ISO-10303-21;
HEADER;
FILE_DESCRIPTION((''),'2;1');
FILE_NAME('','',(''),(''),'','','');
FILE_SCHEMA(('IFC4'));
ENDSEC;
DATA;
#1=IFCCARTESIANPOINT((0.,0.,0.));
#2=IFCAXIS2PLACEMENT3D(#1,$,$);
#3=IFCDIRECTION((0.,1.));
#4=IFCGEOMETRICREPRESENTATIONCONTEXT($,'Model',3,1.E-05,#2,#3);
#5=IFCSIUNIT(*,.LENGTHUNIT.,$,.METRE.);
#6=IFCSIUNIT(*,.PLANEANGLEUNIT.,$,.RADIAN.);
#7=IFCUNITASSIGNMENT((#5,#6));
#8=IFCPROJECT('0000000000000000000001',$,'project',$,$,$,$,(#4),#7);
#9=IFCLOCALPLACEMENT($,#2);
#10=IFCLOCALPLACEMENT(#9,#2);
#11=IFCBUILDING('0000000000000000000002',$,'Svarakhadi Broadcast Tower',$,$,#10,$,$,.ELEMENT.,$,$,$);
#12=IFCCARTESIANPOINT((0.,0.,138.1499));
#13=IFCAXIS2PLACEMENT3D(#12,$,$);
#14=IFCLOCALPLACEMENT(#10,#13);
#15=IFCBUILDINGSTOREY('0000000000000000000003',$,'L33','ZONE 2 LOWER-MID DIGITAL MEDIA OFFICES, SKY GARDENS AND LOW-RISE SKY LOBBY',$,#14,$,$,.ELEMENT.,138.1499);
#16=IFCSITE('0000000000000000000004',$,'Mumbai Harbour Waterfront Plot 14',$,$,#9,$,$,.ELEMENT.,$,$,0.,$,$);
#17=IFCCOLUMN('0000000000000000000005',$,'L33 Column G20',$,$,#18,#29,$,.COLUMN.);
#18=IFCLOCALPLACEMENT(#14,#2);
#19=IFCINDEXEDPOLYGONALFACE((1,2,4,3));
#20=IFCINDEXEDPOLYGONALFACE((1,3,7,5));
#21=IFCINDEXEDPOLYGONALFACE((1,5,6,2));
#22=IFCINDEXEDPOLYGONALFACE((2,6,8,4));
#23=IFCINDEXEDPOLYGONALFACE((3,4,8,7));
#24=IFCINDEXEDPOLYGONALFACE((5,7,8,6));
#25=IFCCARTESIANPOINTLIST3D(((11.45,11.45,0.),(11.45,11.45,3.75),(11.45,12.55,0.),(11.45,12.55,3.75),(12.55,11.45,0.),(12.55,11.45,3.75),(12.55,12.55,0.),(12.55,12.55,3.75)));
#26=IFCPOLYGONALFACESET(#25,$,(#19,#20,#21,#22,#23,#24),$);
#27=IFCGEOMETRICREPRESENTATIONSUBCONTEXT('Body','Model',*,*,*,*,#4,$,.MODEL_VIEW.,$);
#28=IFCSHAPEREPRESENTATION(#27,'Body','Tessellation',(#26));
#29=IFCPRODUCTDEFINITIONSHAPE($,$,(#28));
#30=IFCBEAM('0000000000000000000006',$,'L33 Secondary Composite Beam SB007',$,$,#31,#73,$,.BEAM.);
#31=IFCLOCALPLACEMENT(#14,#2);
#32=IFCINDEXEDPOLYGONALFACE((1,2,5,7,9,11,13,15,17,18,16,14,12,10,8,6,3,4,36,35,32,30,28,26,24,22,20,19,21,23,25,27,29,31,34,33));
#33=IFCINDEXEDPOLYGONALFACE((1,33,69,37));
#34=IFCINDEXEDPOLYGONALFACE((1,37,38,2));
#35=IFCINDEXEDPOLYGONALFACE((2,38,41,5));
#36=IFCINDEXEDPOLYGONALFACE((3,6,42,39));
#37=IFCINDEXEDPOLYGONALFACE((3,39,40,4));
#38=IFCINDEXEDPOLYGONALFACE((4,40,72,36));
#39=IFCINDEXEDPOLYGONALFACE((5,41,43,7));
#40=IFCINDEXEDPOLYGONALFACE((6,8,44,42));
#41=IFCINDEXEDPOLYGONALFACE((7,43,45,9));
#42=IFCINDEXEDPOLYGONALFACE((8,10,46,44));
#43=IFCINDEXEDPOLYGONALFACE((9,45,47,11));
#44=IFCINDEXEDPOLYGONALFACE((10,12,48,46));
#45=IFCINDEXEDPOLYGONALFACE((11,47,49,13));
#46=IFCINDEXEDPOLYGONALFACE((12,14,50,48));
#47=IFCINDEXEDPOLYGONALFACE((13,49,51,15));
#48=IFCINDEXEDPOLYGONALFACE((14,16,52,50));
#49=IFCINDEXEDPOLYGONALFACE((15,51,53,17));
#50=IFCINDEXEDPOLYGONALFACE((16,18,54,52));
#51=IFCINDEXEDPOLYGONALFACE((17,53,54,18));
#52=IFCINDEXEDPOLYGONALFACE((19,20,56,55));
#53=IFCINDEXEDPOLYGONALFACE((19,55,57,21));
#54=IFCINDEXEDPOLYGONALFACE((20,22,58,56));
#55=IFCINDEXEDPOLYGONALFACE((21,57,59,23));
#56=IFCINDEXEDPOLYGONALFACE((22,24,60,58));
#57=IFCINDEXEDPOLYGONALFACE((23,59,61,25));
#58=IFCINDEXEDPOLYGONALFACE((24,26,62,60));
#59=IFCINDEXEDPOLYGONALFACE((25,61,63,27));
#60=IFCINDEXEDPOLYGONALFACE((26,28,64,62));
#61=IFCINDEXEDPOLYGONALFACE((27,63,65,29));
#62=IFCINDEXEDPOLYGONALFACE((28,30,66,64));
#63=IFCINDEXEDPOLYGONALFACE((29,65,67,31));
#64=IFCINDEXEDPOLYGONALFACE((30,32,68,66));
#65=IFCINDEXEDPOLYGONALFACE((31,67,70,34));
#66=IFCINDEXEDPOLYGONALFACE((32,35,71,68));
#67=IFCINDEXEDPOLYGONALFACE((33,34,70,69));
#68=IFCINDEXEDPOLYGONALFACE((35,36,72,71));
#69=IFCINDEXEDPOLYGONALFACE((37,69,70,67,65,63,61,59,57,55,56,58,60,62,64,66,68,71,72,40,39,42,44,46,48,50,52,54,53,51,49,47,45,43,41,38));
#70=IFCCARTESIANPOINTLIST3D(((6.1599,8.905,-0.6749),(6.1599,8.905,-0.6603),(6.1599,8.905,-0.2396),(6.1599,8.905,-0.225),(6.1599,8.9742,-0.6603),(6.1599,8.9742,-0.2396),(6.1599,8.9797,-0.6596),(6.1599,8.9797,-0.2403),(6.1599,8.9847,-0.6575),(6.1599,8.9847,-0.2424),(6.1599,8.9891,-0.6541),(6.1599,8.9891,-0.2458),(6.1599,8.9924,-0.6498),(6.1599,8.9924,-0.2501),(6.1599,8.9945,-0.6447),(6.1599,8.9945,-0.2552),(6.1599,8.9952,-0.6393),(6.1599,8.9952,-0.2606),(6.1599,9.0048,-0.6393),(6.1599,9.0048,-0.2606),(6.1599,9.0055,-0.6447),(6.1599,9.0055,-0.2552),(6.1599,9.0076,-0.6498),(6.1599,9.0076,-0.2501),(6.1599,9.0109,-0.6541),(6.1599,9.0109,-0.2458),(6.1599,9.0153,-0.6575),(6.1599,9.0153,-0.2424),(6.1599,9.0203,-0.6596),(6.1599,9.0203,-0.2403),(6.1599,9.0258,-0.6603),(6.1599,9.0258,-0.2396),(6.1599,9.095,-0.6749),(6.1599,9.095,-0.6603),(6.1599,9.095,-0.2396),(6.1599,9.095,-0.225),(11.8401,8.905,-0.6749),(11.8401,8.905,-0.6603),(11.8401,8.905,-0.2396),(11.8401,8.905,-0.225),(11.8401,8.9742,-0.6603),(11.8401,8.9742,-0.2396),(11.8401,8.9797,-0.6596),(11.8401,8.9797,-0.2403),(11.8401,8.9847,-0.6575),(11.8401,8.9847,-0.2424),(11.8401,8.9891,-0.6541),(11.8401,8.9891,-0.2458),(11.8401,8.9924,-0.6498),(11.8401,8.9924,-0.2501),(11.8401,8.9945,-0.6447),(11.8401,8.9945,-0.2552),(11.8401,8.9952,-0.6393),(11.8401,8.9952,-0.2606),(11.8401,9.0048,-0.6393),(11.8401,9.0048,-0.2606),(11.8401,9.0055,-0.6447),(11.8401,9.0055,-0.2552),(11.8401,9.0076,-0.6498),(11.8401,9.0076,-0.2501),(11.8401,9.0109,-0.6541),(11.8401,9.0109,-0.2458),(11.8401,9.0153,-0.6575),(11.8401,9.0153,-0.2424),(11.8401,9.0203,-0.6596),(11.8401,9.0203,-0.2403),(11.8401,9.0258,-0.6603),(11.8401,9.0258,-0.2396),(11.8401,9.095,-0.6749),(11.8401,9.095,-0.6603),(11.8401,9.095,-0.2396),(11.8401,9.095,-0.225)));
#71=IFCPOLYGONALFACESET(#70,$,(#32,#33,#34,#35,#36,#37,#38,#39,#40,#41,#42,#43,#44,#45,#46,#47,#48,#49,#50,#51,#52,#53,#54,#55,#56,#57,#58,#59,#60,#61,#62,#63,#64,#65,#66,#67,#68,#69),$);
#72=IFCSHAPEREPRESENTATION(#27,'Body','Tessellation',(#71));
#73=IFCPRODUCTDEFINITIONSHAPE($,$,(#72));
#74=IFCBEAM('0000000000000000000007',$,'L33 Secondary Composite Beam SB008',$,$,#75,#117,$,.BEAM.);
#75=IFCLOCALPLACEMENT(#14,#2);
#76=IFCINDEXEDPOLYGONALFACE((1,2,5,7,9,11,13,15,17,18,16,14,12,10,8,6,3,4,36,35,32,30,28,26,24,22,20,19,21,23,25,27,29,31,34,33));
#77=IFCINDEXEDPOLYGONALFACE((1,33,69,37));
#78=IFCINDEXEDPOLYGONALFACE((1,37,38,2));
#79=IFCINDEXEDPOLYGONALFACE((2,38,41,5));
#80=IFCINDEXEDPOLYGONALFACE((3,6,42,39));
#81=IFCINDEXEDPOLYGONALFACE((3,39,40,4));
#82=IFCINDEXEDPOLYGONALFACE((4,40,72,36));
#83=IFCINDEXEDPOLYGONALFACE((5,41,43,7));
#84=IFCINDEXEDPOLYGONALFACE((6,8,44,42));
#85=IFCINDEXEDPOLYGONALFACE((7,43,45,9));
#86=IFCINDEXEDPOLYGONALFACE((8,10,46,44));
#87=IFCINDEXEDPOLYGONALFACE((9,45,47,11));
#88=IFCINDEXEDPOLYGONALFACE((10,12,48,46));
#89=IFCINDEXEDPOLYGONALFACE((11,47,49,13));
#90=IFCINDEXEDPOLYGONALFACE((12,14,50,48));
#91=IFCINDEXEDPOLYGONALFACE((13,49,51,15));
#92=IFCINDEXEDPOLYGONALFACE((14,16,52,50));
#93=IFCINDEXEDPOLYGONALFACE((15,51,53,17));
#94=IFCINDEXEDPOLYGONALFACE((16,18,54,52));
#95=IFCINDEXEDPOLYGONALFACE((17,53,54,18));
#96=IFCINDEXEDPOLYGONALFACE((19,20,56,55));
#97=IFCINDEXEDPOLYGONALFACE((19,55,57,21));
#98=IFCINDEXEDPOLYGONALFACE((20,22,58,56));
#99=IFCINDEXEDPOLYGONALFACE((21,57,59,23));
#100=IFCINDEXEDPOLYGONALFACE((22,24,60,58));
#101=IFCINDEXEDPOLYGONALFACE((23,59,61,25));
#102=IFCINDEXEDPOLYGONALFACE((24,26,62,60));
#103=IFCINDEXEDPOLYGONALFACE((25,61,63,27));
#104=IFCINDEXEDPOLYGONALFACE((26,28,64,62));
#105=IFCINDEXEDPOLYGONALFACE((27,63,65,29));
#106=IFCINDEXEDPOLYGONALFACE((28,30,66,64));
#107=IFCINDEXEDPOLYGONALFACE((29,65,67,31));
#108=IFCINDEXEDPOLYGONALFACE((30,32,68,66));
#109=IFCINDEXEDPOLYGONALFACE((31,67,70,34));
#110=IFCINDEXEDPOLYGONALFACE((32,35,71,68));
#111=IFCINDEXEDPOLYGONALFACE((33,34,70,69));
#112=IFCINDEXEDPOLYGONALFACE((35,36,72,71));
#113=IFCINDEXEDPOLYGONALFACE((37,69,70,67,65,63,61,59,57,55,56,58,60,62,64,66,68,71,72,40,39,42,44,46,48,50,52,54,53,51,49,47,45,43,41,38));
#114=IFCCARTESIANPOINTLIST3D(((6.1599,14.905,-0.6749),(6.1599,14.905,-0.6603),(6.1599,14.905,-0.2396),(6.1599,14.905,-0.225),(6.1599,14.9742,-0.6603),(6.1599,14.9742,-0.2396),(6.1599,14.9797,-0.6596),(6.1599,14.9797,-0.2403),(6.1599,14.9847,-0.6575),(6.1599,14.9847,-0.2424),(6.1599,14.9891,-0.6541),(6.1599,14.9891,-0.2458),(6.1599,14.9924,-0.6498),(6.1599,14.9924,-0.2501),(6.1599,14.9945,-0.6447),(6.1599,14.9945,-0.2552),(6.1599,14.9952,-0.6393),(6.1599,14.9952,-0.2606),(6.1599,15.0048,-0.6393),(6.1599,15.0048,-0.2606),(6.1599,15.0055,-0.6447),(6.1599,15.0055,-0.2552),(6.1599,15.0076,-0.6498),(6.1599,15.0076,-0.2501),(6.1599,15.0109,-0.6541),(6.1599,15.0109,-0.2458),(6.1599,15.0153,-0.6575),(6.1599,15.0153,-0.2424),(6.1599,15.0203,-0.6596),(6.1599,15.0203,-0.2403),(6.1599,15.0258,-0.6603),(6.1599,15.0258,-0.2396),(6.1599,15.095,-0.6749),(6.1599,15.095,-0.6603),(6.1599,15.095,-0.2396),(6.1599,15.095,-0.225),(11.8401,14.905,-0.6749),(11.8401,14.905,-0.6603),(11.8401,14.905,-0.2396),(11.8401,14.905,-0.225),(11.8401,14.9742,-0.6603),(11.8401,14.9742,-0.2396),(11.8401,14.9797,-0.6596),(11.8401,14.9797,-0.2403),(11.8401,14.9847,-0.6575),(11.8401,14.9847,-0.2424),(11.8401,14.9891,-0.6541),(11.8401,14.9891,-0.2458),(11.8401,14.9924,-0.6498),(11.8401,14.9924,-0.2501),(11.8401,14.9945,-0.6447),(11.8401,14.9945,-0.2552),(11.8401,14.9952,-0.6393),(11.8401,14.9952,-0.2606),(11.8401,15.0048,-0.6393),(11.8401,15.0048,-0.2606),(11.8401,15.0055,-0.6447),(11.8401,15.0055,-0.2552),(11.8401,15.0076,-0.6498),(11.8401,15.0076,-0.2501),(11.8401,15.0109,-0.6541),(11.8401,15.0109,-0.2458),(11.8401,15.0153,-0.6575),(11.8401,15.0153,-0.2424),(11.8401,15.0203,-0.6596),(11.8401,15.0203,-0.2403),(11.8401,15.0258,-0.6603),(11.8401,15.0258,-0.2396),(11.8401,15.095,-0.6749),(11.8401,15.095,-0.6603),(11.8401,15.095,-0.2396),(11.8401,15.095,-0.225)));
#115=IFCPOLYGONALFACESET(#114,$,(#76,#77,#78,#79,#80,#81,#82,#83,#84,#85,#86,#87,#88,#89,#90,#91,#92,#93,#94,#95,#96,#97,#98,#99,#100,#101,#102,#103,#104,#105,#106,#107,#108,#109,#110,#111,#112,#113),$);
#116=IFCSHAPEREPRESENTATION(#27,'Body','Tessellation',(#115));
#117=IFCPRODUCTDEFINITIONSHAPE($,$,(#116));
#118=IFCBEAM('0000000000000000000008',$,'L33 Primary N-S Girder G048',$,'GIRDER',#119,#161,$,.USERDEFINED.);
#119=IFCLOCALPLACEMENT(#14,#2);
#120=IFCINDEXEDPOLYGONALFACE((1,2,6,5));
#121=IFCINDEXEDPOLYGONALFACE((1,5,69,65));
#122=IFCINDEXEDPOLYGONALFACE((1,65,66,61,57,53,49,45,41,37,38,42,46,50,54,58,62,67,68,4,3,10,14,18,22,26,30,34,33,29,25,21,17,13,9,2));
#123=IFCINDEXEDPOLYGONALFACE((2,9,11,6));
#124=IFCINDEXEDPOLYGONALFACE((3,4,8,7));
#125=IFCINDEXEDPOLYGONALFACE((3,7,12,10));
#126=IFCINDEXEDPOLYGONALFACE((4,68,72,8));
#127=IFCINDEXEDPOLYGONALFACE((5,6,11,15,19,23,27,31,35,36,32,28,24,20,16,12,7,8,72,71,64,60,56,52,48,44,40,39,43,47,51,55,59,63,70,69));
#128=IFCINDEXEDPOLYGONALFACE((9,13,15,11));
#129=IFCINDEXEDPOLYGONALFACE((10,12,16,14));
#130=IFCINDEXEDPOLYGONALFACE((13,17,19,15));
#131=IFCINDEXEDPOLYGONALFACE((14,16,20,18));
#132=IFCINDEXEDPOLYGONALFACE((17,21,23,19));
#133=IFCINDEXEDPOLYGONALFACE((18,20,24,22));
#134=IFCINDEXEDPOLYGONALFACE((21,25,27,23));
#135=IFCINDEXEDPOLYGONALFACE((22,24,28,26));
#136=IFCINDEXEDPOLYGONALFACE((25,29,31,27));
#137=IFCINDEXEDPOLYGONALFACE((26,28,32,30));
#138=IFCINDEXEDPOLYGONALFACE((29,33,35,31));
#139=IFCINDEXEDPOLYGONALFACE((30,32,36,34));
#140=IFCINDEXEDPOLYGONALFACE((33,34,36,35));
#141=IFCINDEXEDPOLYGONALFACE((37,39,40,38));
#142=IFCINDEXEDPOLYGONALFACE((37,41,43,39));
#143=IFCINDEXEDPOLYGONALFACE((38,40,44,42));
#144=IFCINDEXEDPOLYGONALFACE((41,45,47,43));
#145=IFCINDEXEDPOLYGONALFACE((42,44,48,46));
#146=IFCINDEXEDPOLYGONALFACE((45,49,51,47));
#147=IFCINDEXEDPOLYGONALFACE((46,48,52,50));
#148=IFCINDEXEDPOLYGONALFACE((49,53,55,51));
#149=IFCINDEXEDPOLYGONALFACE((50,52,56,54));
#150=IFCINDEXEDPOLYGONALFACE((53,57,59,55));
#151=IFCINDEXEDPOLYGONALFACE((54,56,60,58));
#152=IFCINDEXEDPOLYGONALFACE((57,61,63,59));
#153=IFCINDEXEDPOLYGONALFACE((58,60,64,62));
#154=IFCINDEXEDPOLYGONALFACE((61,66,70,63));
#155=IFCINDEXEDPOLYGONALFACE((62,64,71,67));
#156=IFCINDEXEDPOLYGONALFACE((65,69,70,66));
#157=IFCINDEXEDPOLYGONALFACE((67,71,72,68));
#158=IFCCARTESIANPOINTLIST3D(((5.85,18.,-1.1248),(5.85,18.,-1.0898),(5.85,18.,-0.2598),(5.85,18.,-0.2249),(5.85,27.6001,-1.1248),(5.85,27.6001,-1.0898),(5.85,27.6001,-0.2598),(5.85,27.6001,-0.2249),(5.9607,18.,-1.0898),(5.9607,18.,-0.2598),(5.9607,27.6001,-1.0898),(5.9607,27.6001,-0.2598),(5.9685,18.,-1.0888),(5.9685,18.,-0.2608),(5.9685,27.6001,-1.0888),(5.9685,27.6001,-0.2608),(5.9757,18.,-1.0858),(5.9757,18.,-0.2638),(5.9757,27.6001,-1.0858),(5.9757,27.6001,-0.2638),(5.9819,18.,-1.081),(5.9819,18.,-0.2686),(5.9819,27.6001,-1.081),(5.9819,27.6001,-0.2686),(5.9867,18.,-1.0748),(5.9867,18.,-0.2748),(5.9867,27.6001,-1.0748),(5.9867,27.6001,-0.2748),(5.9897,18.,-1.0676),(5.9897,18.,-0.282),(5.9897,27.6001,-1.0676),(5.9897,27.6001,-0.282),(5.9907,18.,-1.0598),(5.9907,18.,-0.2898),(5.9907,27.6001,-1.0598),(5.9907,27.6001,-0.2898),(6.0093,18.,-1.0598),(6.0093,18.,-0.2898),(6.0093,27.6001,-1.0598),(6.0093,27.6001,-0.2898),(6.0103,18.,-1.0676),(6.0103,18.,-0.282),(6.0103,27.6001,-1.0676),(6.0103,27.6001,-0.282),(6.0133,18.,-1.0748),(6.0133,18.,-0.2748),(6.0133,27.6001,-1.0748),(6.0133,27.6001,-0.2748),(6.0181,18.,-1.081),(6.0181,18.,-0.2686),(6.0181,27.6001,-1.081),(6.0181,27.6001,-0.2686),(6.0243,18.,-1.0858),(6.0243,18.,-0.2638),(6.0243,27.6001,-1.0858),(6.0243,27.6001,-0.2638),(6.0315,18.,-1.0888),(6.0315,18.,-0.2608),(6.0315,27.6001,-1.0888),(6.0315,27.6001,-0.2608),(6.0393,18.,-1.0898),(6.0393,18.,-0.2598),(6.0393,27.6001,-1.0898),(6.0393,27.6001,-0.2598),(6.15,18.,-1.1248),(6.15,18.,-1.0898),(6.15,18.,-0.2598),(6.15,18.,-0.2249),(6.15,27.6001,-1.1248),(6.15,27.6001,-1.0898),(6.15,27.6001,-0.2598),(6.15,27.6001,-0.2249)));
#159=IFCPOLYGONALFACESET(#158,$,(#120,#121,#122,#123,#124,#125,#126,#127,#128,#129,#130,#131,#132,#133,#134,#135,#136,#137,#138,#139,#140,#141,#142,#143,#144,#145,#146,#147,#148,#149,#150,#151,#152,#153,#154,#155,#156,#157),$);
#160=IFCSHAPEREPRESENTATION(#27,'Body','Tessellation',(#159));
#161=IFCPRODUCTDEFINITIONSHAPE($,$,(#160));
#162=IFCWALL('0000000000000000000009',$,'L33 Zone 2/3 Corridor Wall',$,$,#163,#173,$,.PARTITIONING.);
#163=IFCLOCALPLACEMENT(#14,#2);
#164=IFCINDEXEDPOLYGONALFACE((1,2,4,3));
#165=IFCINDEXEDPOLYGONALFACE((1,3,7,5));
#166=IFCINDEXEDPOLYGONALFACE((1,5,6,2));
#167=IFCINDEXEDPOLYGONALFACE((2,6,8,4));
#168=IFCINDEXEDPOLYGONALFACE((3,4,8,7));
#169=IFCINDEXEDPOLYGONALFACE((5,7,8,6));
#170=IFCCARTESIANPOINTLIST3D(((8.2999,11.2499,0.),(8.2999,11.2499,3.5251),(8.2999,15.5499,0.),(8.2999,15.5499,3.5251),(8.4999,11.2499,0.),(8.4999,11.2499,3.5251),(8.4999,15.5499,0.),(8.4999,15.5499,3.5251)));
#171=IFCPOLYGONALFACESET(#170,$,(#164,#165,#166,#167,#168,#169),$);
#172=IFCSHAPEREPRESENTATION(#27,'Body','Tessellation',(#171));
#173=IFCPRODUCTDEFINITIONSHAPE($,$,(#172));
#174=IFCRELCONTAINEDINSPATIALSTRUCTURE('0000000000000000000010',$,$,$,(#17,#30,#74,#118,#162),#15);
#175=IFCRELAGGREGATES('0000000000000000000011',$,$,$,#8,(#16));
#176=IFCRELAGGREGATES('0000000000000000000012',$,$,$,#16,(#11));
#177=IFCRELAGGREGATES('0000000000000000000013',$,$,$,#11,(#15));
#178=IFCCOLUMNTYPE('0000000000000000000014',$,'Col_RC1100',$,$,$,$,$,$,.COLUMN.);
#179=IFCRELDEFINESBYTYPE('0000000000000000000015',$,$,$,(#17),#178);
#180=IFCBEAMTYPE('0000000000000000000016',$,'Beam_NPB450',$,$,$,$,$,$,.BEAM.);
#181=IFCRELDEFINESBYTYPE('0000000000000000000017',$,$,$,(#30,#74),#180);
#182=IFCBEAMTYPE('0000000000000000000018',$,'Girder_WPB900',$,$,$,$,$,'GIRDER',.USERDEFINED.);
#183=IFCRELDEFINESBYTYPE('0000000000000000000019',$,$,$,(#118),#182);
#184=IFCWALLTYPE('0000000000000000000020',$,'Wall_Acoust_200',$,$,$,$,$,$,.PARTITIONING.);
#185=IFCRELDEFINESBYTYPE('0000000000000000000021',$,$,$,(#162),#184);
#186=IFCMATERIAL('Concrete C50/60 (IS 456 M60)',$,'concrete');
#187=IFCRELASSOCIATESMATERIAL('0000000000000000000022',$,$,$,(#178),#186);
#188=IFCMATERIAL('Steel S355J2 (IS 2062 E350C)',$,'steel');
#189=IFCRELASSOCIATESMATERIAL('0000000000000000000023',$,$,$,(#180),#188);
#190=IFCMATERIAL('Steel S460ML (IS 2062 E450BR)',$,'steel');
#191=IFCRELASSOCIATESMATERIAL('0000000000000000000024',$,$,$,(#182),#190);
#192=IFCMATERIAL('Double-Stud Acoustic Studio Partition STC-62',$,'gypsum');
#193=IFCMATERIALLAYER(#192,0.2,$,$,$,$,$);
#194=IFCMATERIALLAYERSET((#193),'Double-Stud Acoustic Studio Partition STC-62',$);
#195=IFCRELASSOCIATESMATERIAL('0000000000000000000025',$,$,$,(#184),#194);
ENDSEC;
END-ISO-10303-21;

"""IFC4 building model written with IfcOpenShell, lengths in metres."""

from ifc_helpers import new_model, si_unit, direction, frame, frame_2d, origin, origin_2d, place, context, subcontext, project, spatial, rectangle, i_section, extrude, material, layer, layer_set, material_profile, profile_set, type_object, element, save


model = new_model("IFC4")

# Units and contexts
model_context = context("Model", 3, precision=1e-05, world=origin(), true_north=direction((0.0, 1.0)))
body_context = subcontext(model_context, "Body", "Model", "MODEL_VIEW")
ifc_project = project(units=[si_unit("LENGTHUNIT", "METRE"), si_unit("PLANEANGLEUNIT", "RADIAN")], contexts=[model_context])

# Site, building, storey
site_placement = place(None, origin())
site = spatial("IfcSite", under=ifc_project, at=site_placement, Name="Mumbai Harbour Waterfront Plot 14", CompositionType="ELEMENT", RefElevation=0.0)
building_placement = place(site_placement, origin())
building = spatial("IfcBuilding", under=site, at=building_placement, Name="Svarakhadi Broadcast Tower", CompositionType="ELEMENT")
storey_placement = place(building_placement, frame((0.0, 0.0, 138.1499)))
storey = spatial("IfcBuildingStorey", under=building, at=storey_placement, Name="L33", Description="ZONE 2 LOWER-MID DIGITAL MEDIA OFFICES, SKY GARDENS AND LOW-RISE SKY LOBBY", CompositionType="ELEMENT", Elevation=138.1499)

# Column
ifc_material_1 = material(Name="Concrete C50/60 (IS 456 M60)", Category="concrete")
ifc_material_profile_1 = material_profile(ifc_material_1, rectangle(XDim=1.1001, YDim=1.1001, at=origin_2d()), Name="RC 1100x1100")
ifc_profile_set_1 = profile_set([ifc_material_profile_1], Name="Concrete C50/60 (IS 456 M60)")
column_type = type_object("IfcColumnType", Name="Col_RC1100", PredefinedType="COLUMN", material=ifc_profile_set_1)
column_placement = place(storey_placement, frame((12.0, 12.0, 0.0), z_axis=(0.0, 0.0, 1.0), x_axis=(1.0, 0.0, 0.0)))
element("IfcColumn", 1, at=column_placement, inside=storey, type_object=column_type, Name="L33 Column G20", PredefinedType="COLUMN", context=body_context, shape_type="SweptSolid", body=[
    extrude(rectangle(XDim=1.1001, YDim=1.1001, at=origin_2d()), origin(), (0.0, 0.0, 1.0), 3.75),
])

# Beams
ifc_material_2 = material(Name="Steel S355J2 (IS 2062 E350C)", Category="steel")
ifc_material_profile_2 = material_profile(ifc_material_2, i_section(OverallWidth=0.1899, OverallDepth=0.45, WebThickness=0.0095, FlangeThickness=0.0146, FilletRadius=0.021, at=origin_2d()), Name="NPB 450x190x78")
ifc_profile_set_2 = profile_set([ifc_material_profile_2], Name="Steel S355J2 (IS 2062 E350C)")
beam_type_1 = type_object("IfcBeamType", Name="Beam_NPB450", PredefinedType="BEAM", material=ifc_profile_set_2)
for number, where, z_axis, x_axis, name in (
    (2, (6.1599, 9.0, -0.45), (1.0, 0.0, 0.0), (0.0, 1.0, 0.0), "L33 Secondary Composite Beam SB007"),
    (3, (6.1599, 15.0, -0.45), (1.0, 0.0, 0.0), (0.0, 1.0, 0.0), "L33 Secondary Composite Beam SB008"),
):
    element("IfcBeam", number, at=place(storey_placement, frame(where, z_axis=z_axis, x_axis=x_axis)), inside=storey, type_object=beam_type_1, Name=name, PredefinedType="BEAM", context=body_context, shape_type="SweptSolid", body=[
        extrude(i_section(OverallWidth=0.1899, OverallDepth=0.45, WebThickness=0.0095, FlangeThickness=0.0146, FilletRadius=0.021, at=origin_2d()), origin(), (0.0, 0.0, 1.0), 5.6802),
    ])
ifc_material_3 = material(Name="Steel S460ML (IS 2062 E450BR)", Category="steel")
ifc_material_profile_3 = material_profile(ifc_material_3, i_section(OverallWidth=0.3, OverallDepth=0.8999, WebThickness=0.0186, FlangeThickness=0.0349, FilletRadius=0.03, at=origin_2d()), Name="WPB 900x300x291")
ifc_profile_set_3 = profile_set([ifc_material_profile_3], Name="Steel S460ML (IS 2062 E450BR)")
beam_type_2 = type_object("IfcBeamType", Name="Girder_WPB900", ElementType="GIRDER", PredefinedType="USERDEFINED", material=ifc_profile_set_3)
beam_placement = place(storey_placement, frame((6.0, 18.0, -0.6748), z_axis=(0.0, 1.0, 0.0), x_axis=(-1.0, 0.0, 0.0)))
element("IfcBeam", 4, at=beam_placement, inside=storey, type_object=beam_type_2, Name="L33 Primary N-S Girder G048", ObjectType="GIRDER", PredefinedType="USERDEFINED", context=body_context, shape_type="SweptSolid", body=[
    extrude(i_section(OverallWidth=0.3, OverallDepth=0.8999, WebThickness=0.0186, FlangeThickness=0.0349, FilletRadius=0.03, at=origin_2d()), origin(), (0.0, 0.0, 1.0), 9.6001),
])

# Wall
ifc_material_4 = material(Name="Double-Stud Acoustic Studio Partition STC-62", Category="gypsum")
ifc_layer_1 = layer(ifc_material_4, 0.2)
ifc_layer_set_1 = layer_set([ifc_layer_1], Name="Double-Stud Acoustic Studio Partition STC-62")
wall_type_1 = type_object("IfcWallType", Name="Wall_Acoust_200", PredefinedType="PARTITIONING", material=ifc_layer_set_1)
wall_1_placement = place(storey_placement, frame((8.3999, 11.25, 0.0), z_axis=(0.0, 0.0, 1.0), x_axis=(0.0, 1.0, 0.0)))
element("IfcWall", 5, at=wall_1_placement, inside=storey, type_object=wall_type_1, Name="L33 Zone 2/3 Corridor Wall", PredefinedType="PARTITIONING", context=body_context, shape_type="SweptSolid", body=[
    extrude(rectangle(XDim=4.3, YDim=0.2, at=frame_2d((2.1499, 0.0))), origin(), (0.0, 0.0, 1.0), 3.5251),
])

save(model, "model.ifc")
